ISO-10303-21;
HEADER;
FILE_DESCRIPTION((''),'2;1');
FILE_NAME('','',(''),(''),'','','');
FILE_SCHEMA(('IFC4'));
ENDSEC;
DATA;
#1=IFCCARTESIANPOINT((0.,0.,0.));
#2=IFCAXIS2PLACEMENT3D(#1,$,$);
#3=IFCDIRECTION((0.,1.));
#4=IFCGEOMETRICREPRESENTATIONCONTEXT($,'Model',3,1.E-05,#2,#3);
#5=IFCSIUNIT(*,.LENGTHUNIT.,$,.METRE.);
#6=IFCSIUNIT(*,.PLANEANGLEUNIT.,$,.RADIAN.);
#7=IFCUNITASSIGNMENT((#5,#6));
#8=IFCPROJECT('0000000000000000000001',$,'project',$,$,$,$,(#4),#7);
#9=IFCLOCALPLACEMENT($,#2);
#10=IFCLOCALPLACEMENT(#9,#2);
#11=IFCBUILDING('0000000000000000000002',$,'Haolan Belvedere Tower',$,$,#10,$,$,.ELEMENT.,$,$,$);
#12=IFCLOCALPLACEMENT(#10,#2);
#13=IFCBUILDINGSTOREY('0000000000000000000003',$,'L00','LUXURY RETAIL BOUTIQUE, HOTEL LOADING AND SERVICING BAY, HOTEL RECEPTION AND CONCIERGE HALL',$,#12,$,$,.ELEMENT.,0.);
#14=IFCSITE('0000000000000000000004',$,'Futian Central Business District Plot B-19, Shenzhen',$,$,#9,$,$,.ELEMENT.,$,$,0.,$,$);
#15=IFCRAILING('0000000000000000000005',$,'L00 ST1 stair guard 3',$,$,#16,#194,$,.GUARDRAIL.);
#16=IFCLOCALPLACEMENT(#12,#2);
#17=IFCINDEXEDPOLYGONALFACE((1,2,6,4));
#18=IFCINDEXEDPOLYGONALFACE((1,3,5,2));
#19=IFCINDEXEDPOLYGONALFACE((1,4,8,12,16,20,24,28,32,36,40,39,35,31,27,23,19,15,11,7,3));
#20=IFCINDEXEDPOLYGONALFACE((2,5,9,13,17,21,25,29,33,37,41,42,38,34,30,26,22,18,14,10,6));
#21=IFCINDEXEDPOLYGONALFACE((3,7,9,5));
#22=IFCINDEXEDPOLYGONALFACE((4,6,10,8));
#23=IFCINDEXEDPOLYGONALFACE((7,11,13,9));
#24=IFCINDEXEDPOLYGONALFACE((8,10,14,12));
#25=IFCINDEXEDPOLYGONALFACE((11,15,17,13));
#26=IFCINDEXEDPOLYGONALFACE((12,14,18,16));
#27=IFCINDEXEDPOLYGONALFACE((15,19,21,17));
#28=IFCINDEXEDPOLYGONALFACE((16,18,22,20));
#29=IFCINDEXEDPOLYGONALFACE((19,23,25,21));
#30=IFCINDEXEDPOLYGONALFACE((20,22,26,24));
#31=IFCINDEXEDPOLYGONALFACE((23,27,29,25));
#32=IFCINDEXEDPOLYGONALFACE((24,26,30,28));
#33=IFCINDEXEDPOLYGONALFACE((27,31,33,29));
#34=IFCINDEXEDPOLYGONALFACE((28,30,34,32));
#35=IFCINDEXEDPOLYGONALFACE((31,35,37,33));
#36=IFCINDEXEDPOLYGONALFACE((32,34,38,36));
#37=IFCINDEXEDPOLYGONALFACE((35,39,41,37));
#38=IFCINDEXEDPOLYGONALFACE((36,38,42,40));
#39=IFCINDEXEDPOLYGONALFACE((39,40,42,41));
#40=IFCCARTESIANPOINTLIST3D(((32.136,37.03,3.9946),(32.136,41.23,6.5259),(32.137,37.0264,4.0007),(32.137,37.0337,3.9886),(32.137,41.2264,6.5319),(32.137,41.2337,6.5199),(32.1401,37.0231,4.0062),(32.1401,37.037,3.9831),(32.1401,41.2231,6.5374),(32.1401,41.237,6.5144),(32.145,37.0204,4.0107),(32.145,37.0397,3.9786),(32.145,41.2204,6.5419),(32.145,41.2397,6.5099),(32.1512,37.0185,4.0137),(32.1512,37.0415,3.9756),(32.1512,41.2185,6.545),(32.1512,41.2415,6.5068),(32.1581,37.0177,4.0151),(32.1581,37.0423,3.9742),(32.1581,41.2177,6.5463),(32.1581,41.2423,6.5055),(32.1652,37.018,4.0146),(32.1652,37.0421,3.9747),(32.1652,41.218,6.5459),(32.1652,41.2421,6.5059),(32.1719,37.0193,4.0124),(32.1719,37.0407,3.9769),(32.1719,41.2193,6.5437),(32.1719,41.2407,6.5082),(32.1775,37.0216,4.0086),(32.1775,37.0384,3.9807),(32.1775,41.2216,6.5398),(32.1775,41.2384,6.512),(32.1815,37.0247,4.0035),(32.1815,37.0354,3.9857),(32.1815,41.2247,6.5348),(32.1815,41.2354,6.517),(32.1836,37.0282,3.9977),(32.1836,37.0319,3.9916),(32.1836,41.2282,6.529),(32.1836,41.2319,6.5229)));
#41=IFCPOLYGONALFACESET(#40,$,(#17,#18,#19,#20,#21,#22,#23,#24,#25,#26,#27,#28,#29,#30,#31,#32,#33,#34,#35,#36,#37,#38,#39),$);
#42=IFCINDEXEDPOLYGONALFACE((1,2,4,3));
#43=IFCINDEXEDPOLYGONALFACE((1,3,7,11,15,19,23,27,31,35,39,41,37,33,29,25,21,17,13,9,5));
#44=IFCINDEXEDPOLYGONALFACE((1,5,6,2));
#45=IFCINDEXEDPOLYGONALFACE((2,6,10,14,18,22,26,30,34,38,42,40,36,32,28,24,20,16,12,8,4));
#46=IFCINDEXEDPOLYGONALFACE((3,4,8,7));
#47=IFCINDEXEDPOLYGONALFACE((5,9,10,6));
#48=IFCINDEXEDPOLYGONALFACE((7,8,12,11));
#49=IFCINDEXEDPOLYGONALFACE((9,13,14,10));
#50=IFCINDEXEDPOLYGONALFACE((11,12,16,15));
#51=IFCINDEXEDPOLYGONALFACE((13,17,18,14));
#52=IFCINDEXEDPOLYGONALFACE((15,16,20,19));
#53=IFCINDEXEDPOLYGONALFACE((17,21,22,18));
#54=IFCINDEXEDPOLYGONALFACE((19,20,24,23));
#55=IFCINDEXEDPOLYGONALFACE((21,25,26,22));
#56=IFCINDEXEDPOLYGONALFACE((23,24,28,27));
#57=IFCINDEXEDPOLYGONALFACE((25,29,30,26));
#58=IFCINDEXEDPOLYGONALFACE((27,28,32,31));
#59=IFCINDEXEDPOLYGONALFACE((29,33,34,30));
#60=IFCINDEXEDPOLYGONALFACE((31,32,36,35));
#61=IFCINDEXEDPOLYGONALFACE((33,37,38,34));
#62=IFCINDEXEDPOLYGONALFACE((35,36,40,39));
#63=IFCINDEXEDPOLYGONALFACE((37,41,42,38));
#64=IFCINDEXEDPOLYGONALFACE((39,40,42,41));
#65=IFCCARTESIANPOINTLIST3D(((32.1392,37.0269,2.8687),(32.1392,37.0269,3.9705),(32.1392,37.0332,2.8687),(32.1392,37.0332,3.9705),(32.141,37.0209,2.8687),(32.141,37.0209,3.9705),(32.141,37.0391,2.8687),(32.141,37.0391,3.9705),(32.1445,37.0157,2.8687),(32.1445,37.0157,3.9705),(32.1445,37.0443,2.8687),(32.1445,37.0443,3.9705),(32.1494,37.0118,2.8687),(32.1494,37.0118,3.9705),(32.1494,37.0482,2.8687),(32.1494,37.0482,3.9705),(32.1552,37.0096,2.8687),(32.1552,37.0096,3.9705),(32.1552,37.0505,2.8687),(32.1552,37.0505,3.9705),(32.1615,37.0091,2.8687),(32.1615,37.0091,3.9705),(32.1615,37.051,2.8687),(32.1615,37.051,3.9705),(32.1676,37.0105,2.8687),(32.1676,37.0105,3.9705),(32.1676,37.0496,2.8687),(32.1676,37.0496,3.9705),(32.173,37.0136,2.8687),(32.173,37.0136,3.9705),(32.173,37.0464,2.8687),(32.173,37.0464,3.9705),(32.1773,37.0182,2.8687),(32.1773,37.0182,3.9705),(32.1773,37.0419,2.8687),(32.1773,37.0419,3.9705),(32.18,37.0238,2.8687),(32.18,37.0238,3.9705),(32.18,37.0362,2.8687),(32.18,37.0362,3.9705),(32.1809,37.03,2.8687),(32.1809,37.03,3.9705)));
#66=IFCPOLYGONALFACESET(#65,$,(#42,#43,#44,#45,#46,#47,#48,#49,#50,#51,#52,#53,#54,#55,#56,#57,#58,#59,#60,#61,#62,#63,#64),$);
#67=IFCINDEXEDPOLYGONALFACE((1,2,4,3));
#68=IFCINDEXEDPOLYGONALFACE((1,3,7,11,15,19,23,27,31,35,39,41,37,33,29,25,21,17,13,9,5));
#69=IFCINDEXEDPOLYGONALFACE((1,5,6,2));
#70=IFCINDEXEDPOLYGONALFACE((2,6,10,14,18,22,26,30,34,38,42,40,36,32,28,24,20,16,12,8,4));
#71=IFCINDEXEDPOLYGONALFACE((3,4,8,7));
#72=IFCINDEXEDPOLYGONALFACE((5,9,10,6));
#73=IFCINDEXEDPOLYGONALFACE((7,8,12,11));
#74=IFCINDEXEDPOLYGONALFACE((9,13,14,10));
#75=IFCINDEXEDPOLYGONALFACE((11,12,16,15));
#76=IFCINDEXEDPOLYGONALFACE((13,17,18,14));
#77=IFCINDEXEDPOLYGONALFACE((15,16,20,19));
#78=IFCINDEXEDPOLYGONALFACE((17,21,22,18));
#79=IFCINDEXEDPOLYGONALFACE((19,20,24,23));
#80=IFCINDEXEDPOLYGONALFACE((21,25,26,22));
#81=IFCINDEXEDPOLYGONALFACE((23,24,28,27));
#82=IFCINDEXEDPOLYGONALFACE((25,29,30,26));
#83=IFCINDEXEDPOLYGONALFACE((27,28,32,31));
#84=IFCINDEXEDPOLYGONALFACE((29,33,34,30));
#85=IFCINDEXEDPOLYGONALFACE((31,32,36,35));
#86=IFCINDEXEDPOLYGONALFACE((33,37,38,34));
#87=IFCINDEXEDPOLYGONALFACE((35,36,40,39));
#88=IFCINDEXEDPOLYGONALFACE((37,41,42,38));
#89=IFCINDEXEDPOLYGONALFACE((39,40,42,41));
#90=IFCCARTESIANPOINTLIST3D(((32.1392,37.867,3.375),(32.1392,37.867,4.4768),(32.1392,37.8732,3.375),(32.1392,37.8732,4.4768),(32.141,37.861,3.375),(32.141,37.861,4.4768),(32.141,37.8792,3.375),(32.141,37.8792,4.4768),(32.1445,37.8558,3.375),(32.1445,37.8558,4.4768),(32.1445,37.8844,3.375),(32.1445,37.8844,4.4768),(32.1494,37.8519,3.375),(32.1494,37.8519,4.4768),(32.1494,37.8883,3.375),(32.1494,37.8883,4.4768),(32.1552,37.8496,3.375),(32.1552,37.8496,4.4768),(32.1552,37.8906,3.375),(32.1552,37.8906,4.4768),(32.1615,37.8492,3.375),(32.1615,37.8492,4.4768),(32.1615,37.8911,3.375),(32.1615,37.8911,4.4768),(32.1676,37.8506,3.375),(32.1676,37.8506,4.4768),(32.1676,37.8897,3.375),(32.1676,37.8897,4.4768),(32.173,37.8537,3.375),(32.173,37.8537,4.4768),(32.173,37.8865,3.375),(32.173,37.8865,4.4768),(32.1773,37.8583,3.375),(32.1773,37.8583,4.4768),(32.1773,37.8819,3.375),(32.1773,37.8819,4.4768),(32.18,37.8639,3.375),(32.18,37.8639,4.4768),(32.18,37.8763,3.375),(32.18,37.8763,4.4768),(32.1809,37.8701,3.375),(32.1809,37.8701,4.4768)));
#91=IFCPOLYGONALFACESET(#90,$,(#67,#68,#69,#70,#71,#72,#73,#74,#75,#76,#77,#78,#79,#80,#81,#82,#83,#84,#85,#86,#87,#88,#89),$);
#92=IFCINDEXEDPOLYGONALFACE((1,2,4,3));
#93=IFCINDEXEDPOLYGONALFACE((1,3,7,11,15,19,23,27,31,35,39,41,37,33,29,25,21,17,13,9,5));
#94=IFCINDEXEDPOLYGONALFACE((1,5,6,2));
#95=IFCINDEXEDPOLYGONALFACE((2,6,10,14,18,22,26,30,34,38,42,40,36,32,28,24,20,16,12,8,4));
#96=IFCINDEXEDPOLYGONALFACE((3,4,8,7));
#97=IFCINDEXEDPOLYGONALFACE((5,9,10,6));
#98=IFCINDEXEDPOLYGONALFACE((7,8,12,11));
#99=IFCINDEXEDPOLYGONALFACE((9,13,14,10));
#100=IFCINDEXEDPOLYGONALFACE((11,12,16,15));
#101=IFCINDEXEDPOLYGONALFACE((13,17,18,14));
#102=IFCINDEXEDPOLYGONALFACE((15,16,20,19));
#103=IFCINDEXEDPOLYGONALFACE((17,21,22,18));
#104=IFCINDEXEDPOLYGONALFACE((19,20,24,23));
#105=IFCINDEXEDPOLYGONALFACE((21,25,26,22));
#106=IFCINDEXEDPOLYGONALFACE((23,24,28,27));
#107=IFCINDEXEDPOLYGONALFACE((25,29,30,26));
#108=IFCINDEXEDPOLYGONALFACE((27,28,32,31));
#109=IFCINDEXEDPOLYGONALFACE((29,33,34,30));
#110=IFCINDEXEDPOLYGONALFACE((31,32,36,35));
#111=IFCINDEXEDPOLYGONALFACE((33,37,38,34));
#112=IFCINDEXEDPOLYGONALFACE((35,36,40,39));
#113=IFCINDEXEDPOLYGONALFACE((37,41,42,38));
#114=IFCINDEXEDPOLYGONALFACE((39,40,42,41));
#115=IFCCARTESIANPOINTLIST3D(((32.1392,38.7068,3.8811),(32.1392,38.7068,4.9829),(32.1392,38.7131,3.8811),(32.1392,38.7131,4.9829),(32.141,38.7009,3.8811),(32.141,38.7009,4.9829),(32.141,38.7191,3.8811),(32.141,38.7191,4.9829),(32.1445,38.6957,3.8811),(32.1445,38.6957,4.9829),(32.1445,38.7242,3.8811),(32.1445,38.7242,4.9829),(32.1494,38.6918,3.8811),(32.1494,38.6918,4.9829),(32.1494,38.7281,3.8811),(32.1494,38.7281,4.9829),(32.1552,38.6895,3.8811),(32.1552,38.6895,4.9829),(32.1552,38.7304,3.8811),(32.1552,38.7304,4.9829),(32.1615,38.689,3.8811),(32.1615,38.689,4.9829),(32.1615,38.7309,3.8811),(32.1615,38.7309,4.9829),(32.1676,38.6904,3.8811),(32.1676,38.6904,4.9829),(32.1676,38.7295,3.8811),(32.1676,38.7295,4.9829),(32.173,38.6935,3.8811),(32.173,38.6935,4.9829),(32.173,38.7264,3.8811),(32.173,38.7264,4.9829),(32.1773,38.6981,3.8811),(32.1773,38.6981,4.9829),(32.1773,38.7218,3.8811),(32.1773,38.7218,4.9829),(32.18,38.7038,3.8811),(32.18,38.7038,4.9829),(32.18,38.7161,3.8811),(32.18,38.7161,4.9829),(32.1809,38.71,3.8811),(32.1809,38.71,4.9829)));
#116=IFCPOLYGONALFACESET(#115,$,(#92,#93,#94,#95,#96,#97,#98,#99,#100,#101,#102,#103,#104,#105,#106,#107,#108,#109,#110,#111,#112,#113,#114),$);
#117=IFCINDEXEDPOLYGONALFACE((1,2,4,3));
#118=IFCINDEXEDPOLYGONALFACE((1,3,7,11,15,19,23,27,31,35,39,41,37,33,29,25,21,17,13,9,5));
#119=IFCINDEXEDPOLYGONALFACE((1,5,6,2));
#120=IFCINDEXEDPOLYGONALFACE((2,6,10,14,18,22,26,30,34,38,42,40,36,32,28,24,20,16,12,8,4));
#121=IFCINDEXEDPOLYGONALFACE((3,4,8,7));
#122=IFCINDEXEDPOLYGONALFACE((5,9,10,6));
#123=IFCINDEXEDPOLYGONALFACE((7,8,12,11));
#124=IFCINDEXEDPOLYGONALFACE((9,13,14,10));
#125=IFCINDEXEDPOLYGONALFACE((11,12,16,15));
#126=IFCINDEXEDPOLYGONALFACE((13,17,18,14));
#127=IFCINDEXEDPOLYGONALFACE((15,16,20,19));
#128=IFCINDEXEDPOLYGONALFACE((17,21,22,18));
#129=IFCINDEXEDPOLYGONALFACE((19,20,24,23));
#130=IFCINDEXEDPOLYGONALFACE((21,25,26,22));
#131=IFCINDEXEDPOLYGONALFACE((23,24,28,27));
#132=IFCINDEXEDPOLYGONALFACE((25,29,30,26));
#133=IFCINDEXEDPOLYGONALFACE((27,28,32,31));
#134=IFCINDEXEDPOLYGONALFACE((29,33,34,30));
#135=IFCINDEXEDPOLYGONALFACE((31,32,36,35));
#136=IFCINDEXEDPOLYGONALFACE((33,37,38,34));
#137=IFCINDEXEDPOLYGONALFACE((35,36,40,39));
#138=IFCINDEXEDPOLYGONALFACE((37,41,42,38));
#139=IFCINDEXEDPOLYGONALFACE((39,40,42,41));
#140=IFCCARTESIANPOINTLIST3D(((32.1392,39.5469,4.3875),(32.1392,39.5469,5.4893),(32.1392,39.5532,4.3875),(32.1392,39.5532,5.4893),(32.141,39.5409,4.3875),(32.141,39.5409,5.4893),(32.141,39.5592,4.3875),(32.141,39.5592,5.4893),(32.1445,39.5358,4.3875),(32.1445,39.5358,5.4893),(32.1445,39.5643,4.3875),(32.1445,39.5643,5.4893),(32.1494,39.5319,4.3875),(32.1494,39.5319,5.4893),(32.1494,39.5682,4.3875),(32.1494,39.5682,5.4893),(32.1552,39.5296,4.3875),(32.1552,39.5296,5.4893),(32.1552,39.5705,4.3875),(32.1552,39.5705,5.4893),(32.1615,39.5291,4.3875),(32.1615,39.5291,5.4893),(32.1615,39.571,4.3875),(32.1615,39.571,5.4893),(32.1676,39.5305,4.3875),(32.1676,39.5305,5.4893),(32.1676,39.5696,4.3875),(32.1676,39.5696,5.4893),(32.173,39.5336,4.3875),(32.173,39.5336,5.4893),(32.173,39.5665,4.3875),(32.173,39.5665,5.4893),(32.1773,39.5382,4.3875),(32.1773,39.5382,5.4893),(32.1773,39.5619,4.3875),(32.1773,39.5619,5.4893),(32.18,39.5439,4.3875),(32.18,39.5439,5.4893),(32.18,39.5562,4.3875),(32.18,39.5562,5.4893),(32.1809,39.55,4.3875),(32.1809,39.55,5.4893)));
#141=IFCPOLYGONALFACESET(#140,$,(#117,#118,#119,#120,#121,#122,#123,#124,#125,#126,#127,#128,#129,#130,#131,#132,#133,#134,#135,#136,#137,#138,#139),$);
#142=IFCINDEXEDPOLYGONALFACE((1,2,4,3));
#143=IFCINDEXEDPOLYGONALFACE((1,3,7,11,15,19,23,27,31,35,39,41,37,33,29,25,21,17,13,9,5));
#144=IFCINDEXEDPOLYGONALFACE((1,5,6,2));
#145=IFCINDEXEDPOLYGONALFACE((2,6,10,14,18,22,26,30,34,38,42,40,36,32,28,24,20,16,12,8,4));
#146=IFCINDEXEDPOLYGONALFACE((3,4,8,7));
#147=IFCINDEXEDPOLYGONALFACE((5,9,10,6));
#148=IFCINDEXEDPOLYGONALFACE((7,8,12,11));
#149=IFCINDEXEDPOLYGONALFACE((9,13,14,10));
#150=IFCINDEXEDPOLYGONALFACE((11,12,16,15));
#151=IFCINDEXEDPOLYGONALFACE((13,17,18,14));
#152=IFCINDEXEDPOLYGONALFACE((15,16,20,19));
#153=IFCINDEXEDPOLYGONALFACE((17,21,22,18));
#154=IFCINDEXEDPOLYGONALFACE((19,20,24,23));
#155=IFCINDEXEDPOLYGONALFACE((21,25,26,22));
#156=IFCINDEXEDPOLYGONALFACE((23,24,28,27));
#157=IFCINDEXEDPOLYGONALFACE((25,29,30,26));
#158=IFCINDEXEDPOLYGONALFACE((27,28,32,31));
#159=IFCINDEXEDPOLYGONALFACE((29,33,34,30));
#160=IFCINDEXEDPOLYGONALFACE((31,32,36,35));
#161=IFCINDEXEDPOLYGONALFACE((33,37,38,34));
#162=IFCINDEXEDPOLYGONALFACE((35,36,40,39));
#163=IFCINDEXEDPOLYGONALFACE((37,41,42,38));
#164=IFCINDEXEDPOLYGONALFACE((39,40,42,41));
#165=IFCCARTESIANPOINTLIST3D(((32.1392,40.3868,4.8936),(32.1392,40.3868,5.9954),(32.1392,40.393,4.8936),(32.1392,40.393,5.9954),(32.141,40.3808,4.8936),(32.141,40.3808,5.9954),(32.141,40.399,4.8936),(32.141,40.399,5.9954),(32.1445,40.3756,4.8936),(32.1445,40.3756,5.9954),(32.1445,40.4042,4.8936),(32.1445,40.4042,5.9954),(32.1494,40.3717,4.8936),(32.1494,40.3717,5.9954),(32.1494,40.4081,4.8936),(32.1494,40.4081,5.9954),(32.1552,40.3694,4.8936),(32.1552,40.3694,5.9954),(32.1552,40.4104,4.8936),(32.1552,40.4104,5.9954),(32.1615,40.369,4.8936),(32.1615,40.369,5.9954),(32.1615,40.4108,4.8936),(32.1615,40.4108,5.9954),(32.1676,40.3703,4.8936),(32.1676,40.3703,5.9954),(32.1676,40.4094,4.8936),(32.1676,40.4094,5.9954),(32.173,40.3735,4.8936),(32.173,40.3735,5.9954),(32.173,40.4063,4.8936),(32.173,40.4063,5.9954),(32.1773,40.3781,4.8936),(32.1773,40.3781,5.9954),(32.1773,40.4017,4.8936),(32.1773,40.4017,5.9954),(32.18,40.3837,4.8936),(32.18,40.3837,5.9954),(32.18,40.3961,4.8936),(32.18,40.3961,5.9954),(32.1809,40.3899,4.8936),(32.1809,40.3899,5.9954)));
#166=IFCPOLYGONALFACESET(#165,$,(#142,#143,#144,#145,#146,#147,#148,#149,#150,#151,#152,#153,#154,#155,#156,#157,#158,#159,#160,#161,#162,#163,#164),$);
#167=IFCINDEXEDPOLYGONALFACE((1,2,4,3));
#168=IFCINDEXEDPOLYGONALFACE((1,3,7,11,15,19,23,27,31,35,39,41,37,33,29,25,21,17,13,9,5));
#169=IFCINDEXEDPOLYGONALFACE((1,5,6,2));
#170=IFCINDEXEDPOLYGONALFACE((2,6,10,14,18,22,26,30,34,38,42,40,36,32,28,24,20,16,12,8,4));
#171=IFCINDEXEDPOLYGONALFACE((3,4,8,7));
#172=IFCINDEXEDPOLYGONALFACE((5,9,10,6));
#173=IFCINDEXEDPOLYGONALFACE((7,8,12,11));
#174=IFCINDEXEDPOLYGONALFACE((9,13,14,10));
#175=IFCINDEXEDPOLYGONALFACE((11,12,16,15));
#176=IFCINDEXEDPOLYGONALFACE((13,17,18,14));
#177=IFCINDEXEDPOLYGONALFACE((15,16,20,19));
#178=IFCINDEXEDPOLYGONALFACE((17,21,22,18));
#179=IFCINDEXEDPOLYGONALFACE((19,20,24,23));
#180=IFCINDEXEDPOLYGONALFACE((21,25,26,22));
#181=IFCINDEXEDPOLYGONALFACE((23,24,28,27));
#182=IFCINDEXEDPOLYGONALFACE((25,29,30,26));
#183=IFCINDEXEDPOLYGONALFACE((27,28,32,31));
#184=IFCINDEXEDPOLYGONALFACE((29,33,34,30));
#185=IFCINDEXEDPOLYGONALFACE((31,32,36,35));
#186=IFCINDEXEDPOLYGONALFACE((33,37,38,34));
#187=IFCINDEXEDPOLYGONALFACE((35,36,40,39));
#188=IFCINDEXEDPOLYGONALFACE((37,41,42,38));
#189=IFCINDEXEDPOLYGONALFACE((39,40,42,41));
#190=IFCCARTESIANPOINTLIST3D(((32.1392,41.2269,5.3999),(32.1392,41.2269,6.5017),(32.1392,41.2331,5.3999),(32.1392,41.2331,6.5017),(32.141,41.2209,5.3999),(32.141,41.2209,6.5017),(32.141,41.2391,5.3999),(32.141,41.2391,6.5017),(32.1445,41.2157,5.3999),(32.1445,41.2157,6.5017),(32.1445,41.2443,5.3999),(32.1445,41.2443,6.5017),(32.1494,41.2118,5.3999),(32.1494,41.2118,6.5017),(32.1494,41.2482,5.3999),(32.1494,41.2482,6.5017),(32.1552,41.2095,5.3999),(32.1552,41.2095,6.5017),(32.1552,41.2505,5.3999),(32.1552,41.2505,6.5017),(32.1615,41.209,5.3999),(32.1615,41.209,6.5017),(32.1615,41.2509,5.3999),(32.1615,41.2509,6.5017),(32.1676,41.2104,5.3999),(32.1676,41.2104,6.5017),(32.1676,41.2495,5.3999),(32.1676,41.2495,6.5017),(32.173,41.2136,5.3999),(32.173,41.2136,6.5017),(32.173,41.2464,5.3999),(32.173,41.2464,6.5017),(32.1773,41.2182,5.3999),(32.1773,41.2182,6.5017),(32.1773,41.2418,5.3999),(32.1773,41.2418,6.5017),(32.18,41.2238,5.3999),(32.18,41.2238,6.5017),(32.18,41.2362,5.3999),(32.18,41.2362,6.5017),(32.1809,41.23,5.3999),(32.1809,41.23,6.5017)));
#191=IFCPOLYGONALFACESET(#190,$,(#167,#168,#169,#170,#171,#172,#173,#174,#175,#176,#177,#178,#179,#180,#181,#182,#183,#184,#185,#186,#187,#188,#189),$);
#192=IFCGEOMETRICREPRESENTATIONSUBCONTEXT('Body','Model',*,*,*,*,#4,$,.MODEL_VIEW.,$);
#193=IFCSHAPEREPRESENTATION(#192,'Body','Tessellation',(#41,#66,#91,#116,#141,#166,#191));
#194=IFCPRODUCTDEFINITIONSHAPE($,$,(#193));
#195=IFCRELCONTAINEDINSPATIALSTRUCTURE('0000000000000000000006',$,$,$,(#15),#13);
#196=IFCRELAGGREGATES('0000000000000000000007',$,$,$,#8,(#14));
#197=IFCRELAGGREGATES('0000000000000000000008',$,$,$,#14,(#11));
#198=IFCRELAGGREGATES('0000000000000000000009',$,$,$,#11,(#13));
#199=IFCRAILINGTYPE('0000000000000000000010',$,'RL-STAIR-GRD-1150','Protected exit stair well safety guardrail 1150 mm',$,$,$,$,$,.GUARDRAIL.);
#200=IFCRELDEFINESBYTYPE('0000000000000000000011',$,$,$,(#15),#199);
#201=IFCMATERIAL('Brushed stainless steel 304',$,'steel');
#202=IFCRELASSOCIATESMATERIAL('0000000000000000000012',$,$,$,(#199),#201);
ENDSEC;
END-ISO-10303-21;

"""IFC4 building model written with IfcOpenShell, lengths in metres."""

from ifc_helpers import new_model, si_unit, direction, frame, origin, origin_2d, place, context, subcontext, project, spatial, circle, extrude, material, type_object, element, save


model = new_model("IFC4")

# Units and contexts
model_context = context("Model", 3, precision=1e-05, world=origin(), true_north=direction((0.0, 1.0)))
body_context = subcontext(model_context, "Body", "Model", "MODEL_VIEW")
ifc_project = project(units=[si_unit("LENGTHUNIT", "METRE"), si_unit("PLANEANGLEUNIT", "RADIAN")], contexts=[model_context])

# Site, building, storey
site_placement = place(None, origin())
site = spatial("IfcSite", under=ifc_project, at=site_placement, Name="Futian Central Business District Plot B-19, Shenzhen", CompositionType="ELEMENT", RefElevation=0.0)
building_placement = place(site_placement, origin())
building = spatial("IfcBuilding", under=site, at=building_placement, Name="Haolan Belvedere Tower", CompositionType="ELEMENT")
storey_placement = place(building_placement, origin())
storey = spatial("IfcBuildingStorey", under=building, at=storey_placement, Name="L00", Description="LUXURY RETAIL BOUTIQUE, HOTEL LOADING AND SERVICING BAY, HOTEL RECEPTION AND CONCIERGE HALL", CompositionType="ELEMENT", Elevation=0.0)

# Railing
ifc_material_1 = material(Name="Brushed stainless steel 304", Category="steel")
railing_type_1 = type_object("IfcRailingType", Name="RL-STAIR-GRD-1150", Description="Protected exit stair well safety guardrail 1150 mm", PredefinedType="GUARDRAIL", material=ifc_material_1)
railing_1_placement = place(storey_placement, frame((32.1599, 37.03, 2.8687)))
element("IfcRailing", 1, at=railing_1_placement, inside=storey, type_object=railing_type_1, Name="L00 ST1 stair guard 3", PredefinedType="GUARDRAIL", context=body_context, shape_type="SweptSolid", body=[
    extrude(circle(Radius=0.0239, at=origin_2d()), frame((0.0, 0.0, 1.126), z_axis=(0.0, 0.856476, 0.516186), x_axis=(-1.0, 0.0, 0.0)), (0.0, 0.0, 1.0), 4.9038),
    extrude(circle(Radius=0.021, at=origin_2d()), origin(), (0.0, 0.0, 1.0), 1.1018),
    extrude(circle(Radius=0.021, at=origin_2d()), frame((0.0, 0.8401, 0.5063)), (0.0, 0.0, 1.0), 1.1018),
    extrude(circle(Radius=0.021, at=origin_2d()), frame((0.0, 1.6799, 1.0125)), (0.0, 0.0, 1.0), 1.1018),
    extrude(circle(Radius=0.021, at=origin_2d()), frame((0.0, 2.52, 1.5188)), (0.0, 0.0, 1.0), 1.1018),
    extrude(circle(Radius=0.021, at=origin_2d()), frame((0.0, 3.3599, 2.0249)), (0.0, 0.0, 1.0), 1.1018),
    extrude(circle(Radius=0.021, at=origin_2d()), frame((0.0, 4.2, 2.5312)), (0.0, 0.0, 1.0), 1.1018),
])

save(model, "model.ifc")
